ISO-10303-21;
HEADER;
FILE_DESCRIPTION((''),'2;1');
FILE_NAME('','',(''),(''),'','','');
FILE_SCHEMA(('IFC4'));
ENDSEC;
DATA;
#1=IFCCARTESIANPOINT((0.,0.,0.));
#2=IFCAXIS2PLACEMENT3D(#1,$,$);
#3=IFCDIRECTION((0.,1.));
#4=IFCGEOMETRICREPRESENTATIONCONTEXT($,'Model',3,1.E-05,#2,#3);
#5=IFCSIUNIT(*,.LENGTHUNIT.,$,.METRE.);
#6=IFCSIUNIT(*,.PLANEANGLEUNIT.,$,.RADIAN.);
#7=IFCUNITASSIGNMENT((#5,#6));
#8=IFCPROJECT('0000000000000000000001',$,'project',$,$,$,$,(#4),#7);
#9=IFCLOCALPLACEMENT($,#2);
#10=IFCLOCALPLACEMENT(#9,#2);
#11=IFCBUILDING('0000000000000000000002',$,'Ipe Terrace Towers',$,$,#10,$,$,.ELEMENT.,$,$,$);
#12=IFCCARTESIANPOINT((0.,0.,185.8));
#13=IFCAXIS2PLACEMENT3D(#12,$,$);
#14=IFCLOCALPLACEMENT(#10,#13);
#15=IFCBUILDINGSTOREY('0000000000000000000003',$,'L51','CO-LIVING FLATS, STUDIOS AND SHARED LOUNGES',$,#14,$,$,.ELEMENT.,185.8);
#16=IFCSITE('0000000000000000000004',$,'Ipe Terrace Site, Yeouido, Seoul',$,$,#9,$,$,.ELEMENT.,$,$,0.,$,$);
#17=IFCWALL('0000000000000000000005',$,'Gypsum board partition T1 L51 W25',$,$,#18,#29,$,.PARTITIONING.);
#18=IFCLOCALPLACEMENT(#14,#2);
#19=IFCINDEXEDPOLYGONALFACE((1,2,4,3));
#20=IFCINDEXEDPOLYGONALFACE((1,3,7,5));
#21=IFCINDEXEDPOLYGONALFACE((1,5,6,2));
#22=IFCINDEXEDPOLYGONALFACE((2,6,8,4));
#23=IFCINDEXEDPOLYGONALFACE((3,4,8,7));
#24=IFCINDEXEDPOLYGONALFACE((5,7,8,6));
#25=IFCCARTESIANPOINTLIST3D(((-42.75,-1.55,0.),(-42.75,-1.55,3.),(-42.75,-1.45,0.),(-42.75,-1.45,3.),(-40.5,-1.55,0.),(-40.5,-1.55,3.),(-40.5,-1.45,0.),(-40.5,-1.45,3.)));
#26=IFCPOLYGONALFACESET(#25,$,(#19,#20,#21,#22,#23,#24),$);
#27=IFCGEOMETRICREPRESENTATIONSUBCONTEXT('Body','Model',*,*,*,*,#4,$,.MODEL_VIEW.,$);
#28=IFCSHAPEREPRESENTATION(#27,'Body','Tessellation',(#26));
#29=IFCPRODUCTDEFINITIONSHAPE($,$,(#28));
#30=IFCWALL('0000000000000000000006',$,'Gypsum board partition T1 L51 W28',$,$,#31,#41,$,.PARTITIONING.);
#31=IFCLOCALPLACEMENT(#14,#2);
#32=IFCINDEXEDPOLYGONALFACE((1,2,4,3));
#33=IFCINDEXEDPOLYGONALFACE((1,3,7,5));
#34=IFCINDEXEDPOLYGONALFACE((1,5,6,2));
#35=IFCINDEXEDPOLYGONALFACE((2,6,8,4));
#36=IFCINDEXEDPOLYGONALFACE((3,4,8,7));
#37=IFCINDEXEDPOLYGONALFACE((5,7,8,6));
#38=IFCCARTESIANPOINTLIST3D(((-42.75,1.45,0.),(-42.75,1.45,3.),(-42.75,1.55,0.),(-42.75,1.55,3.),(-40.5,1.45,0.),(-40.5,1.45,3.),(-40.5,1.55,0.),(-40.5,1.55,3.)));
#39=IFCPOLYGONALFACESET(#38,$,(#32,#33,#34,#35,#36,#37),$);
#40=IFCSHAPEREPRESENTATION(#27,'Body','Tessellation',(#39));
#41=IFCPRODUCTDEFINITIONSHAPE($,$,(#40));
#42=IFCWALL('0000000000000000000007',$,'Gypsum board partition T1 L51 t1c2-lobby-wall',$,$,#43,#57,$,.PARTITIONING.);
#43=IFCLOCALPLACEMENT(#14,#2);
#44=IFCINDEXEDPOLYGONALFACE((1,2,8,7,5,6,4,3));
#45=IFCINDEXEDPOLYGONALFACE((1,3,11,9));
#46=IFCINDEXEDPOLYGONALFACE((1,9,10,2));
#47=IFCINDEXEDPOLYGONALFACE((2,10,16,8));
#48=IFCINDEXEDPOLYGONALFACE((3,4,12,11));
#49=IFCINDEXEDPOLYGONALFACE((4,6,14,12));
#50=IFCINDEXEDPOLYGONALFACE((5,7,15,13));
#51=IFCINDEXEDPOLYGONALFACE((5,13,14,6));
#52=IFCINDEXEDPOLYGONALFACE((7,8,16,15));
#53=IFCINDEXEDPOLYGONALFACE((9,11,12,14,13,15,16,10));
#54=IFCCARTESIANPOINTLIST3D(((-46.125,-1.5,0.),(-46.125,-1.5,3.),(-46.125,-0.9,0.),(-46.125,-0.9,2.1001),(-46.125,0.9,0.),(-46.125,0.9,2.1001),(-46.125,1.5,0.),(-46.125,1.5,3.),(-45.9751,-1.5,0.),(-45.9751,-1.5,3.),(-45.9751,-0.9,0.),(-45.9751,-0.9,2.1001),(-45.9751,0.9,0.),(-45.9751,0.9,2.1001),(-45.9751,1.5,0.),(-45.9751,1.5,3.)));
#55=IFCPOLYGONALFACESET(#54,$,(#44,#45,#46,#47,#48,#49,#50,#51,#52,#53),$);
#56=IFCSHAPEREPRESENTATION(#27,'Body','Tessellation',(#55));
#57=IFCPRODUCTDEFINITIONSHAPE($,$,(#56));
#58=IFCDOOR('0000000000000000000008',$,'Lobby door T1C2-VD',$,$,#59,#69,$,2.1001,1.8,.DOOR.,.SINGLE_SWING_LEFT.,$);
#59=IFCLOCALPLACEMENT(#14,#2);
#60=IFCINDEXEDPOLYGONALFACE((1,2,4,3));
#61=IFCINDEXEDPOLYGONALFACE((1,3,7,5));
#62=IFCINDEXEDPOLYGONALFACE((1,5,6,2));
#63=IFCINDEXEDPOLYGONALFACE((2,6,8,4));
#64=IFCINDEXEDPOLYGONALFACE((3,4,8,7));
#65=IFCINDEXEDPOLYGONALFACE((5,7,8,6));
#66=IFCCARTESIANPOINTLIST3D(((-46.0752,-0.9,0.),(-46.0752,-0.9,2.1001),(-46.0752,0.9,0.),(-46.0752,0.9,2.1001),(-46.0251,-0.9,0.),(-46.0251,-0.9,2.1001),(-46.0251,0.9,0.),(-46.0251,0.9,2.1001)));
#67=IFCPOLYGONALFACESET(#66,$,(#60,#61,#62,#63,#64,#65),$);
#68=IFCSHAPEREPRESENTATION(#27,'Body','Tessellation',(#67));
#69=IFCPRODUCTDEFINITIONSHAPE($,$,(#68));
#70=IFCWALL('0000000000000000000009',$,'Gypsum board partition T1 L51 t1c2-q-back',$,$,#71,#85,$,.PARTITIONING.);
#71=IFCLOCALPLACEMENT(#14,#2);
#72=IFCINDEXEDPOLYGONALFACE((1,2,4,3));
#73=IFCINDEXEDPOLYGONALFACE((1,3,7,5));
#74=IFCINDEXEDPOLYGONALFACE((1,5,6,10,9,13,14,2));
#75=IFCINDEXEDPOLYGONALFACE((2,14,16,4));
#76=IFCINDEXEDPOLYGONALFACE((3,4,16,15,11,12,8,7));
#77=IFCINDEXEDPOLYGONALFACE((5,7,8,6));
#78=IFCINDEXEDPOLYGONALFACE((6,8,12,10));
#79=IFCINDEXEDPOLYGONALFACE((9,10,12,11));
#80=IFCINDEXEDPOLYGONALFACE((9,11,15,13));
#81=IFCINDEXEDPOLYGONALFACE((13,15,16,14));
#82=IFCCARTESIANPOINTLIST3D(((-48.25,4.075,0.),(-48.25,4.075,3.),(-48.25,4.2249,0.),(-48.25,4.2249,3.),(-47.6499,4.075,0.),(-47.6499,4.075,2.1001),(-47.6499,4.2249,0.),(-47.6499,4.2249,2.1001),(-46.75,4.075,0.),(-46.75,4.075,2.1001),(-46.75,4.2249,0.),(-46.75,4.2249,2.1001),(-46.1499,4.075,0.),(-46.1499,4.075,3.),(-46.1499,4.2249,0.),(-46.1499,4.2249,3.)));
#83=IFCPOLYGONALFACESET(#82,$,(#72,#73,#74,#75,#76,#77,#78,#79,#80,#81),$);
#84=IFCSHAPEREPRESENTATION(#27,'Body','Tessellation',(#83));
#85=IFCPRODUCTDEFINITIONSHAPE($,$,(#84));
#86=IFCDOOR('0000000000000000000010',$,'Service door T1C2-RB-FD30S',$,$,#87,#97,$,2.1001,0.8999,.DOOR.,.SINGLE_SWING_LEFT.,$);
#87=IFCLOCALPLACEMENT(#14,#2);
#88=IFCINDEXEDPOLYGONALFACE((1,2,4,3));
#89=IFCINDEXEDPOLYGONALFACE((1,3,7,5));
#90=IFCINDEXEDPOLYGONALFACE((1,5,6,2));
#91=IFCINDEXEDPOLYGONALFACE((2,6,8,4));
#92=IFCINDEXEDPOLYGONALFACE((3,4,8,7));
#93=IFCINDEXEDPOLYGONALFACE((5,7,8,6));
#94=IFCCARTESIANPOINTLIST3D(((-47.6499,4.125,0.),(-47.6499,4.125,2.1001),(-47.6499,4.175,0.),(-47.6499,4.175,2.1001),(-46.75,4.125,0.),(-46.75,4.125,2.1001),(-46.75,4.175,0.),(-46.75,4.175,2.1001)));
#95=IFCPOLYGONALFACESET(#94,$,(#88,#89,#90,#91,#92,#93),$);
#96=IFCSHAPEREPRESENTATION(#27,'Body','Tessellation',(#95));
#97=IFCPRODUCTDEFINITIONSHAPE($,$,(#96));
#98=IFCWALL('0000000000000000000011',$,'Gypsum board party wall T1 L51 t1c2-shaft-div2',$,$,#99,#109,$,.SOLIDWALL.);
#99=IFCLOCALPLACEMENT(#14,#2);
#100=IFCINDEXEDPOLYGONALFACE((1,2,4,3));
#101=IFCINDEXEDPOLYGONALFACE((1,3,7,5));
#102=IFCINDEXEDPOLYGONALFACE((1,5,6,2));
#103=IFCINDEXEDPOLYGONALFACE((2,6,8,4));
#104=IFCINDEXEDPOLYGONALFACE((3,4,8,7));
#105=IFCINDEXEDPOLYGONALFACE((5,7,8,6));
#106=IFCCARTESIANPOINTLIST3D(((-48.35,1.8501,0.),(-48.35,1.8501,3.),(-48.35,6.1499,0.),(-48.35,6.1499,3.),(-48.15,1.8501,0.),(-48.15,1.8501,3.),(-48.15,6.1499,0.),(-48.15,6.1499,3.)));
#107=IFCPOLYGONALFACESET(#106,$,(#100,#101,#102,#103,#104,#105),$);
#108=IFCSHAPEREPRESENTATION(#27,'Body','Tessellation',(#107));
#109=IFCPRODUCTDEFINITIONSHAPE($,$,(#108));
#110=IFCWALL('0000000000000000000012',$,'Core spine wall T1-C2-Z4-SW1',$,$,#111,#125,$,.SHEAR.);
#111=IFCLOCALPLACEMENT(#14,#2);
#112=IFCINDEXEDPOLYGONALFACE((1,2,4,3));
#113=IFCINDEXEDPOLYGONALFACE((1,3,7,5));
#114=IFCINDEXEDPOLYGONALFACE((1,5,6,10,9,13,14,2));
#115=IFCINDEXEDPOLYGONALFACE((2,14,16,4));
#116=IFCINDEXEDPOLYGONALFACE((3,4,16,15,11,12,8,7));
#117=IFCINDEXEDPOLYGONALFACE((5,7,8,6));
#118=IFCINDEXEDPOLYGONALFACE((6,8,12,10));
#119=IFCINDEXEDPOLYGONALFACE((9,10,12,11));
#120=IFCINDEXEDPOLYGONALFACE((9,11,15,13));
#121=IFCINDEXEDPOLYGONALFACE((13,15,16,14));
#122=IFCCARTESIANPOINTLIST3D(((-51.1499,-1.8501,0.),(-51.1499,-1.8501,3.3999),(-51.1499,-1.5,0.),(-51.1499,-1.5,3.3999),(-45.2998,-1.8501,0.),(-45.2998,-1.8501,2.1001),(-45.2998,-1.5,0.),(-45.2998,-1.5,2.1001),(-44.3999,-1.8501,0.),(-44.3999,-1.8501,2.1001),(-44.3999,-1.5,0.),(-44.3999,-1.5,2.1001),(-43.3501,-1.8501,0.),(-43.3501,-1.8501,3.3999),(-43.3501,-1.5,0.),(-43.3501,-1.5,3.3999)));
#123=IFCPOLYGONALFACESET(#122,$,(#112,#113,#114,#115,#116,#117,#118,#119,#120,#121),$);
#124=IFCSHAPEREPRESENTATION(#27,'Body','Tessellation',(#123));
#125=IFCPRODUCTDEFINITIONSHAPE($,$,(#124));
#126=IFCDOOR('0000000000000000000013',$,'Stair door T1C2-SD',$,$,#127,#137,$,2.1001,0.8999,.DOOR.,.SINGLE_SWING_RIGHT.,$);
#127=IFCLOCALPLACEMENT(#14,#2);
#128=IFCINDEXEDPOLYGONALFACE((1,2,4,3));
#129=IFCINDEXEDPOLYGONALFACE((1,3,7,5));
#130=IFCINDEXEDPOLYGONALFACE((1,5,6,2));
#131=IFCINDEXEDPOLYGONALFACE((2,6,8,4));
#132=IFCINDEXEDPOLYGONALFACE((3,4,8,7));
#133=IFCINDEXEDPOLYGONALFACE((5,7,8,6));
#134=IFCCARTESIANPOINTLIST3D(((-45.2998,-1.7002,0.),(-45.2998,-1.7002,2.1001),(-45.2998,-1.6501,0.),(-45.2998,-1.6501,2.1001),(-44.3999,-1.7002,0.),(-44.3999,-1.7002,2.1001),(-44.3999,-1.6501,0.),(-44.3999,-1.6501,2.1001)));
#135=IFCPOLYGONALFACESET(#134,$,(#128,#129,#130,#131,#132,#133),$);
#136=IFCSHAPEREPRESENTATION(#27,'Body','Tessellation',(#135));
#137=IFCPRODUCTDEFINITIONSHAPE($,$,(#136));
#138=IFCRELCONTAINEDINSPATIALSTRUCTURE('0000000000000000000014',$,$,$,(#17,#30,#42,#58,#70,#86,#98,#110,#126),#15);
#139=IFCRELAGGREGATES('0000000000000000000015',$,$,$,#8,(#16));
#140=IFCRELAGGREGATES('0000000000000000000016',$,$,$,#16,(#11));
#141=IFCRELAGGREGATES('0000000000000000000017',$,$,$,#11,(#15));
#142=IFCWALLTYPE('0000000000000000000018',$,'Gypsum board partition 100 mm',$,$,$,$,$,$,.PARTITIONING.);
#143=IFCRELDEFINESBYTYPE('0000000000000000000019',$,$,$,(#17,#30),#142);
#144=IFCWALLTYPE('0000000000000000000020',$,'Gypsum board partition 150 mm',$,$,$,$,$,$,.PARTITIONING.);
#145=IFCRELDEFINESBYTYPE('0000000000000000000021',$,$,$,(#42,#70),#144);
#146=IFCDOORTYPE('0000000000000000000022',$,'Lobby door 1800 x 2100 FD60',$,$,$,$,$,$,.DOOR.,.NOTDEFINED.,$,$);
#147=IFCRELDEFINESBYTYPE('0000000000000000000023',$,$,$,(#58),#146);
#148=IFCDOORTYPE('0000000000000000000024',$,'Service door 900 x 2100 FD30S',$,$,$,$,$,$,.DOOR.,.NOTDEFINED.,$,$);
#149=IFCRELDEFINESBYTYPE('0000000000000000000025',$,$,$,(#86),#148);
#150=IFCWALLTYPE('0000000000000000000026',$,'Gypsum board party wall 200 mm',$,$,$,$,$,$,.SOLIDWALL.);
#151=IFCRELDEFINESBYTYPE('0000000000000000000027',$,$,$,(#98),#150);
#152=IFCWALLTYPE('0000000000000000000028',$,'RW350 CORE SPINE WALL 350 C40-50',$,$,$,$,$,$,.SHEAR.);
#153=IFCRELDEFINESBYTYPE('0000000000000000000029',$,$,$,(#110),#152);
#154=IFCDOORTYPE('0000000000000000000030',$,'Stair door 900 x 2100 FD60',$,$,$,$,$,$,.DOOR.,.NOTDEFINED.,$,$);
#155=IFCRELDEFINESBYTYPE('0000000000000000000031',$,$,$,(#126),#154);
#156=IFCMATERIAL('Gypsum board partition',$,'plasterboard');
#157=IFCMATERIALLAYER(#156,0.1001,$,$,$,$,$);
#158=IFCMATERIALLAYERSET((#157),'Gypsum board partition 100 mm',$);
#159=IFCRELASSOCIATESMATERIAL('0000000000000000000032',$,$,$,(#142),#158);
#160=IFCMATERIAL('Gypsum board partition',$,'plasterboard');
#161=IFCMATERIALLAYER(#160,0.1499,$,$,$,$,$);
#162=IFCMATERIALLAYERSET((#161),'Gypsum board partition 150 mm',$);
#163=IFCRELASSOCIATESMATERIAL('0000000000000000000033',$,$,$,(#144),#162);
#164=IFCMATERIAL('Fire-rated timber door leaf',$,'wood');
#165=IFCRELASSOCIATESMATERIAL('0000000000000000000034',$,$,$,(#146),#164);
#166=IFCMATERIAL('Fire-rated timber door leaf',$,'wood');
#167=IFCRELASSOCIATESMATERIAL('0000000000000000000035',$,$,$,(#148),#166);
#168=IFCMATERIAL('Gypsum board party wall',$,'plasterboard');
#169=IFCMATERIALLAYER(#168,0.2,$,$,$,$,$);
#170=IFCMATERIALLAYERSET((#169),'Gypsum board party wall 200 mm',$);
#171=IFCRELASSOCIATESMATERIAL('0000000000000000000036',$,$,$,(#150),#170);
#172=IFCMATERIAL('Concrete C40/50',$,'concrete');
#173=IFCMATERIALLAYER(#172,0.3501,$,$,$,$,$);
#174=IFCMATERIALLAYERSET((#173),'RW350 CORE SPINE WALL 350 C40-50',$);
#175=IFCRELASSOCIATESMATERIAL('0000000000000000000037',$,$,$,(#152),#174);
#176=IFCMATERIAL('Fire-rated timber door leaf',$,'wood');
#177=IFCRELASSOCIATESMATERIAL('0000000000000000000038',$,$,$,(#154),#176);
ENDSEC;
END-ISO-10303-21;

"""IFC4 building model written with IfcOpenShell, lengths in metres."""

from ifc_helpers import new_model, si_unit, direction, frame, frame_2d, origin, place, context, subcontext, project, spatial, rectangle, extrude, material, layer, layer_set, type_object, element, fill, save


model = new_model("IFC4")

# Units and contexts
model_context = context("Model", 3, precision=1e-05, world=origin(), true_north=direction((0.0, 1.0)))
body_context = subcontext(model_context, "Body", "Model", "MODEL_VIEW")
ifc_project = project(units=[si_unit("LENGTHUNIT", "METRE"), si_unit("PLANEANGLEUNIT", "RADIAN")], contexts=[model_context])

# Site, building, storey
site_placement = place(None, origin())
site = spatial("IfcSite", under=ifc_project, at=site_placement, Name="Ipe Terrace Site, Yeouido, Seoul", CompositionType="ELEMENT", RefElevation=0.0)
building_placement = place(site_placement, origin())
building = spatial("IfcBuilding", under=site, at=building_placement, Name="Ipe Terrace Towers", CompositionType="ELEMENT")
storey_placement = place(building_placement, frame((0.0, 0.0, 185.8)))
storey = spatial("IfcBuildingStorey", under=building, at=storey_placement, Name="L51", Description="CO-LIVING FLATS, STUDIOS AND SHARED LOUNGES", CompositionType="ELEMENT", Elevation=185.8)

# Walls
ifc_material_1 = material(Name="Gypsum board partition", Category="plasterboard")
ifc_layer_1 = layer(ifc_material_1, 0.1001)
ifc_layer_set_1 = layer_set([ifc_layer_1], Name="Gypsum board partition 100 mm")
wall_type_1 = type_object("IfcWallType", Name="Gypsum board partition 100 mm", PredefinedType="PARTITIONING", material=ifc_layer_set_1)
for number, where, z_axis, x_axis, name in (
    (1, (-42.75, -1.5, 0.0), (0.0, 0.0, 1.0), (1.0, 0.0, 0.0), "Gypsum board partition T1 L51 W25"),
    (2, (-42.75, 1.5, 0.0), (0.0, 0.0, 1.0), (1.0, 0.0, 0.0), "Gypsum board partition T1 L51 W28"),
):
    element("IfcWall", number, at=place(storey_placement, frame(where, z_axis=z_axis, x_axis=x_axis)), inside=storey, type_object=wall_type_1, Name=name, PredefinedType="PARTITIONING", context=body_context, shape_type="SweptSolid", body=[
        extrude(rectangle(XDim=2.25, YDim=0.1001, at=frame_2d((1.125, 0.0))), origin(), (0.0, 0.0, 1.0), 3.0),
    ])

# Walls, openings, doors
ifc_material_2 = material(Name="Gypsum board partition", Category="plasterboard")
ifc_layer_2 = layer(ifc_material_2, 0.1499)
ifc_layer_set_2 = layer_set([ifc_layer_2], Name="Gypsum board partition 150 mm")
wall_type_2 = type_object("IfcWallType", Name="Gypsum board partition 150 mm", PredefinedType="PARTITIONING", material=ifc_layer_set_2)
wall_1_placement = place(storey_placement, frame((-46.05, 1.5, 0.0), z_axis=(0.0, 0.0, 1.0), x_axis=(0.0, -1.0, 0.0)))
wall_1 = element("IfcWall", 3, at=wall_1_placement, inside=storey, type_object=wall_type_2, Name="Gypsum board partition T1 L51 t1c2-lobby-wall", PredefinedType="PARTITIONING", context=body_context, shape_type="SweptSolid", body=[
    extrude(rectangle(XDim=3.0, YDim=0.1499, at=frame_2d((1.5, 0.0))), origin(), (0.0, 0.0, 1.0), 3.0),
])
opening_1_placement = place(wall_1_placement, frame((0.6001, 0.0, 0.0)))
opening_1 = element("IfcOpeningElement", 4, at=opening_1_placement, cuts=wall_1, PredefinedType="OPENING", context=body_context, shape_type="SweptSolid", body=[
    extrude(rectangle(XDim=1.8, YDim=2.1001, at=frame_2d((0.8999, 1.05))), frame((0.0, 0.085, 0.0), z_axis=(0.0, -1.0, 0.0), x_axis=(1.0, 0.0, 0.0)), (0.0, 0.0, 1.0), 0.1699),
])
ifc_material_3 = material(Name="Fire-rated timber door leaf", Category="wood")
door_type_1 = type_object("IfcDoorType", Name="Lobby door 1800 x 2100 FD60", OperationType="NOTDEFINED", PredefinedType="DOOR", material=ifc_material_3)
door_1_placement = place(opening_1_placement, origin())
door_1 = element("IfcDoor", 5, at=door_1_placement, inside=storey, type_object=door_type_1, Name="Lobby door T1C2-VD", OperationType="SINGLE_SWING_LEFT", OverallHeight=2.1001, OverallWidth=1.8, PredefinedType="DOOR", context=body_context, shape_type="SweptSolid", body=[
    extrude(rectangle(XDim=1.8, YDim=2.1001, at=frame_2d((0.8999, 1.05))), frame((0.0, 0.0249, 0.0), z_axis=(0.0, -1.0, 0.0), x_axis=(1.0, 0.0, 0.0)), (0.0, 0.0, 1.0), 0.05),
])
fill(opening_1, door_1)
wall_2_placement = place(storey_placement, frame((-46.1499, 4.1499, 0.0), z_axis=(0.0, 0.0, 1.0), x_axis=(-1.0, 0.0, 0.0)))
wall_2 = element("IfcWall", 6, at=wall_2_placement, inside=storey, type_object=wall_type_2, Name="Gypsum board partition T1 L51 t1c2-q-back", PredefinedType="PARTITIONING", context=body_context, shape_type="SweptSolid", body=[
    extrude(rectangle(XDim=2.1001, YDim=0.1499, at=frame_2d((1.05, 0.0))), origin(), (0.0, 0.0, 1.0), 3.0),
])
opening_2_placement = place(wall_2_placement, frame((0.6001, 0.0, 0.0)))
opening_2 = element("IfcOpeningElement", 7, at=opening_2_placement, cuts=wall_2, PredefinedType="OPENING", context=body_context, shape_type="SweptSolid", body=[
    extrude(rectangle(XDim=0.8999, YDim=2.1001, at=frame_2d((0.45, 1.05))), frame((0.0, 0.085, 0.0), z_axis=(0.0, -1.0, 0.0), x_axis=(1.0, 0.0, 0.0)), (0.0, 0.0, 1.0), 0.1699),
])
ifc_material_4 = material(Name="Fire-rated timber door leaf", Category="wood")
door_type_2 = type_object("IfcDoorType", Name="Service door 900 x 2100 FD30S", OperationType="NOTDEFINED", PredefinedType="DOOR", material=ifc_material_4)
door_2_placement = place(opening_2_placement, origin())
door_2 = element("IfcDoor", 8, at=door_2_placement, inside=storey, type_object=door_type_2, Name="Service door T1C2-RB-FD30S", OperationType="SINGLE_SWING_LEFT", OverallHeight=2.1001, OverallWidth=0.8999, PredefinedType="DOOR", context=body_context, shape_type="SweptSolid", body=[
    extrude(rectangle(XDim=0.8999, YDim=2.1001, at=frame_2d((0.45, 1.05))), frame((0.0, 0.0249, 0.0), z_axis=(0.0, -1.0, 0.0), x_axis=(1.0, 0.0, 0.0)), (0.0, 0.0, 1.0), 0.05),
])
fill(opening_2, door_2)

# Wall
ifc_material_5 = material(Name="Gypsum board party wall", Category="plasterboard")
ifc_layer_3 = layer(ifc_material_5, 0.2)
ifc_layer_set_3 = layer_set([ifc_layer_3], Name="Gypsum board party wall 200 mm")
wall_type_3 = type_object("IfcWallType", Name="Gypsum board party wall 200 mm", PredefinedType="SOLIDWALL", material=ifc_layer_set_3)
wall_3_placement = place(storey_placement, frame((-48.25, 6.1499, 0.0), z_axis=(0.0, 0.0, 1.0), x_axis=(0.0, -1.0, 0.0)))
element("IfcWall", 9, at=wall_3_placement, inside=storey, type_object=wall_type_3, Name="Gypsum board party wall T1 L51 t1c2-shaft-div2", PredefinedType="SOLIDWALL", context=body_context, shape_type="SweptSolid", body=[
    extrude(rectangle(XDim=4.2998, YDim=0.2, at=frame_2d((2.1499, 0.0))), origin(), (0.0, 0.0, 1.0), 3.0),
])

# Wall, opening, door
ifc_material_6 = material(Name="Concrete C40/50", Category="concrete")
ifc_layer_4 = layer(ifc_material_6, 0.3501)
ifc_layer_set_4 = layer_set([ifc_layer_4], Name="RW350 CORE SPINE WALL 350 C40-50")
wall_type_4 = type_object("IfcWallType", Name="RW350 CORE SPINE WALL 350 C40-50", PredefinedType="SHEAR", material=ifc_layer_set_4)
wall_4_placement = place(storey_placement, frame((-51.1499, -1.675, 0.0), z_axis=(0.0, 0.0, 1.0), x_axis=(1.0, 0.0, 0.0)))
wall_4 = element("IfcWall", 10, at=wall_4_placement, inside=storey, type_object=wall_type_4, Name="Core spine wall T1-C2-Z4-SW1", PredefinedType="SHEAR", context=body_context, shape_type="SweptSolid", body=[
    extrude(rectangle(XDim=7.7998, YDim=0.3501, at=frame_2d((3.8999, 0.0))), origin(), (0.0, 0.0, 1.0), 3.3999),
])
opening_3_placement = place(wall_4_placement, frame((5.8501, 0.0, 0.0)))
opening_3 = element("IfcOpeningElement", 11, at=opening_3_placement, cuts=wall_4, PredefinedType="OPENING", context=body_context, shape_type="SweptSolid", body=[
    extrude(rectangle(XDim=0.8999, YDim=2.1001, at=frame_2d((0.45, 1.05))), frame((0.0, 0.1851, 0.0), z_axis=(0.0, -1.0, 0.0), x_axis=(1.0, 0.0, 0.0)), (0.0, 0.0, 1.0), 0.3701),
])
ifc_material_7 = material(Name="Fire-rated timber door leaf", Category="wood")
door_type_3 = type_object("IfcDoorType", Name="Stair door 900 x 2100 FD60", OperationType="NOTDEFINED", PredefinedType="DOOR", material=ifc_material_7)
door_3_placement = place(opening_3_placement, origin())
door_3 = element("IfcDoor", 12, at=door_3_placement, inside=storey, type_object=door_type_3, Name="Stair door T1C2-SD", OperationType="SINGLE_SWING_RIGHT", OverallHeight=2.1001, OverallWidth=0.8999, PredefinedType="DOOR", context=body_context, shape_type="SweptSolid", body=[
    extrude(rectangle(XDim=0.8999, YDim=2.1001, at=frame_2d((0.45, 1.05))), frame((0.0, 0.0249, 0.0), z_axis=(0.0, -1.0, 0.0), x_axis=(1.0, 0.0, 0.0)), (0.0, 0.0, 1.0), 0.05),
])
fill(opening_3, door_3)

save(model, "model.ifc")
